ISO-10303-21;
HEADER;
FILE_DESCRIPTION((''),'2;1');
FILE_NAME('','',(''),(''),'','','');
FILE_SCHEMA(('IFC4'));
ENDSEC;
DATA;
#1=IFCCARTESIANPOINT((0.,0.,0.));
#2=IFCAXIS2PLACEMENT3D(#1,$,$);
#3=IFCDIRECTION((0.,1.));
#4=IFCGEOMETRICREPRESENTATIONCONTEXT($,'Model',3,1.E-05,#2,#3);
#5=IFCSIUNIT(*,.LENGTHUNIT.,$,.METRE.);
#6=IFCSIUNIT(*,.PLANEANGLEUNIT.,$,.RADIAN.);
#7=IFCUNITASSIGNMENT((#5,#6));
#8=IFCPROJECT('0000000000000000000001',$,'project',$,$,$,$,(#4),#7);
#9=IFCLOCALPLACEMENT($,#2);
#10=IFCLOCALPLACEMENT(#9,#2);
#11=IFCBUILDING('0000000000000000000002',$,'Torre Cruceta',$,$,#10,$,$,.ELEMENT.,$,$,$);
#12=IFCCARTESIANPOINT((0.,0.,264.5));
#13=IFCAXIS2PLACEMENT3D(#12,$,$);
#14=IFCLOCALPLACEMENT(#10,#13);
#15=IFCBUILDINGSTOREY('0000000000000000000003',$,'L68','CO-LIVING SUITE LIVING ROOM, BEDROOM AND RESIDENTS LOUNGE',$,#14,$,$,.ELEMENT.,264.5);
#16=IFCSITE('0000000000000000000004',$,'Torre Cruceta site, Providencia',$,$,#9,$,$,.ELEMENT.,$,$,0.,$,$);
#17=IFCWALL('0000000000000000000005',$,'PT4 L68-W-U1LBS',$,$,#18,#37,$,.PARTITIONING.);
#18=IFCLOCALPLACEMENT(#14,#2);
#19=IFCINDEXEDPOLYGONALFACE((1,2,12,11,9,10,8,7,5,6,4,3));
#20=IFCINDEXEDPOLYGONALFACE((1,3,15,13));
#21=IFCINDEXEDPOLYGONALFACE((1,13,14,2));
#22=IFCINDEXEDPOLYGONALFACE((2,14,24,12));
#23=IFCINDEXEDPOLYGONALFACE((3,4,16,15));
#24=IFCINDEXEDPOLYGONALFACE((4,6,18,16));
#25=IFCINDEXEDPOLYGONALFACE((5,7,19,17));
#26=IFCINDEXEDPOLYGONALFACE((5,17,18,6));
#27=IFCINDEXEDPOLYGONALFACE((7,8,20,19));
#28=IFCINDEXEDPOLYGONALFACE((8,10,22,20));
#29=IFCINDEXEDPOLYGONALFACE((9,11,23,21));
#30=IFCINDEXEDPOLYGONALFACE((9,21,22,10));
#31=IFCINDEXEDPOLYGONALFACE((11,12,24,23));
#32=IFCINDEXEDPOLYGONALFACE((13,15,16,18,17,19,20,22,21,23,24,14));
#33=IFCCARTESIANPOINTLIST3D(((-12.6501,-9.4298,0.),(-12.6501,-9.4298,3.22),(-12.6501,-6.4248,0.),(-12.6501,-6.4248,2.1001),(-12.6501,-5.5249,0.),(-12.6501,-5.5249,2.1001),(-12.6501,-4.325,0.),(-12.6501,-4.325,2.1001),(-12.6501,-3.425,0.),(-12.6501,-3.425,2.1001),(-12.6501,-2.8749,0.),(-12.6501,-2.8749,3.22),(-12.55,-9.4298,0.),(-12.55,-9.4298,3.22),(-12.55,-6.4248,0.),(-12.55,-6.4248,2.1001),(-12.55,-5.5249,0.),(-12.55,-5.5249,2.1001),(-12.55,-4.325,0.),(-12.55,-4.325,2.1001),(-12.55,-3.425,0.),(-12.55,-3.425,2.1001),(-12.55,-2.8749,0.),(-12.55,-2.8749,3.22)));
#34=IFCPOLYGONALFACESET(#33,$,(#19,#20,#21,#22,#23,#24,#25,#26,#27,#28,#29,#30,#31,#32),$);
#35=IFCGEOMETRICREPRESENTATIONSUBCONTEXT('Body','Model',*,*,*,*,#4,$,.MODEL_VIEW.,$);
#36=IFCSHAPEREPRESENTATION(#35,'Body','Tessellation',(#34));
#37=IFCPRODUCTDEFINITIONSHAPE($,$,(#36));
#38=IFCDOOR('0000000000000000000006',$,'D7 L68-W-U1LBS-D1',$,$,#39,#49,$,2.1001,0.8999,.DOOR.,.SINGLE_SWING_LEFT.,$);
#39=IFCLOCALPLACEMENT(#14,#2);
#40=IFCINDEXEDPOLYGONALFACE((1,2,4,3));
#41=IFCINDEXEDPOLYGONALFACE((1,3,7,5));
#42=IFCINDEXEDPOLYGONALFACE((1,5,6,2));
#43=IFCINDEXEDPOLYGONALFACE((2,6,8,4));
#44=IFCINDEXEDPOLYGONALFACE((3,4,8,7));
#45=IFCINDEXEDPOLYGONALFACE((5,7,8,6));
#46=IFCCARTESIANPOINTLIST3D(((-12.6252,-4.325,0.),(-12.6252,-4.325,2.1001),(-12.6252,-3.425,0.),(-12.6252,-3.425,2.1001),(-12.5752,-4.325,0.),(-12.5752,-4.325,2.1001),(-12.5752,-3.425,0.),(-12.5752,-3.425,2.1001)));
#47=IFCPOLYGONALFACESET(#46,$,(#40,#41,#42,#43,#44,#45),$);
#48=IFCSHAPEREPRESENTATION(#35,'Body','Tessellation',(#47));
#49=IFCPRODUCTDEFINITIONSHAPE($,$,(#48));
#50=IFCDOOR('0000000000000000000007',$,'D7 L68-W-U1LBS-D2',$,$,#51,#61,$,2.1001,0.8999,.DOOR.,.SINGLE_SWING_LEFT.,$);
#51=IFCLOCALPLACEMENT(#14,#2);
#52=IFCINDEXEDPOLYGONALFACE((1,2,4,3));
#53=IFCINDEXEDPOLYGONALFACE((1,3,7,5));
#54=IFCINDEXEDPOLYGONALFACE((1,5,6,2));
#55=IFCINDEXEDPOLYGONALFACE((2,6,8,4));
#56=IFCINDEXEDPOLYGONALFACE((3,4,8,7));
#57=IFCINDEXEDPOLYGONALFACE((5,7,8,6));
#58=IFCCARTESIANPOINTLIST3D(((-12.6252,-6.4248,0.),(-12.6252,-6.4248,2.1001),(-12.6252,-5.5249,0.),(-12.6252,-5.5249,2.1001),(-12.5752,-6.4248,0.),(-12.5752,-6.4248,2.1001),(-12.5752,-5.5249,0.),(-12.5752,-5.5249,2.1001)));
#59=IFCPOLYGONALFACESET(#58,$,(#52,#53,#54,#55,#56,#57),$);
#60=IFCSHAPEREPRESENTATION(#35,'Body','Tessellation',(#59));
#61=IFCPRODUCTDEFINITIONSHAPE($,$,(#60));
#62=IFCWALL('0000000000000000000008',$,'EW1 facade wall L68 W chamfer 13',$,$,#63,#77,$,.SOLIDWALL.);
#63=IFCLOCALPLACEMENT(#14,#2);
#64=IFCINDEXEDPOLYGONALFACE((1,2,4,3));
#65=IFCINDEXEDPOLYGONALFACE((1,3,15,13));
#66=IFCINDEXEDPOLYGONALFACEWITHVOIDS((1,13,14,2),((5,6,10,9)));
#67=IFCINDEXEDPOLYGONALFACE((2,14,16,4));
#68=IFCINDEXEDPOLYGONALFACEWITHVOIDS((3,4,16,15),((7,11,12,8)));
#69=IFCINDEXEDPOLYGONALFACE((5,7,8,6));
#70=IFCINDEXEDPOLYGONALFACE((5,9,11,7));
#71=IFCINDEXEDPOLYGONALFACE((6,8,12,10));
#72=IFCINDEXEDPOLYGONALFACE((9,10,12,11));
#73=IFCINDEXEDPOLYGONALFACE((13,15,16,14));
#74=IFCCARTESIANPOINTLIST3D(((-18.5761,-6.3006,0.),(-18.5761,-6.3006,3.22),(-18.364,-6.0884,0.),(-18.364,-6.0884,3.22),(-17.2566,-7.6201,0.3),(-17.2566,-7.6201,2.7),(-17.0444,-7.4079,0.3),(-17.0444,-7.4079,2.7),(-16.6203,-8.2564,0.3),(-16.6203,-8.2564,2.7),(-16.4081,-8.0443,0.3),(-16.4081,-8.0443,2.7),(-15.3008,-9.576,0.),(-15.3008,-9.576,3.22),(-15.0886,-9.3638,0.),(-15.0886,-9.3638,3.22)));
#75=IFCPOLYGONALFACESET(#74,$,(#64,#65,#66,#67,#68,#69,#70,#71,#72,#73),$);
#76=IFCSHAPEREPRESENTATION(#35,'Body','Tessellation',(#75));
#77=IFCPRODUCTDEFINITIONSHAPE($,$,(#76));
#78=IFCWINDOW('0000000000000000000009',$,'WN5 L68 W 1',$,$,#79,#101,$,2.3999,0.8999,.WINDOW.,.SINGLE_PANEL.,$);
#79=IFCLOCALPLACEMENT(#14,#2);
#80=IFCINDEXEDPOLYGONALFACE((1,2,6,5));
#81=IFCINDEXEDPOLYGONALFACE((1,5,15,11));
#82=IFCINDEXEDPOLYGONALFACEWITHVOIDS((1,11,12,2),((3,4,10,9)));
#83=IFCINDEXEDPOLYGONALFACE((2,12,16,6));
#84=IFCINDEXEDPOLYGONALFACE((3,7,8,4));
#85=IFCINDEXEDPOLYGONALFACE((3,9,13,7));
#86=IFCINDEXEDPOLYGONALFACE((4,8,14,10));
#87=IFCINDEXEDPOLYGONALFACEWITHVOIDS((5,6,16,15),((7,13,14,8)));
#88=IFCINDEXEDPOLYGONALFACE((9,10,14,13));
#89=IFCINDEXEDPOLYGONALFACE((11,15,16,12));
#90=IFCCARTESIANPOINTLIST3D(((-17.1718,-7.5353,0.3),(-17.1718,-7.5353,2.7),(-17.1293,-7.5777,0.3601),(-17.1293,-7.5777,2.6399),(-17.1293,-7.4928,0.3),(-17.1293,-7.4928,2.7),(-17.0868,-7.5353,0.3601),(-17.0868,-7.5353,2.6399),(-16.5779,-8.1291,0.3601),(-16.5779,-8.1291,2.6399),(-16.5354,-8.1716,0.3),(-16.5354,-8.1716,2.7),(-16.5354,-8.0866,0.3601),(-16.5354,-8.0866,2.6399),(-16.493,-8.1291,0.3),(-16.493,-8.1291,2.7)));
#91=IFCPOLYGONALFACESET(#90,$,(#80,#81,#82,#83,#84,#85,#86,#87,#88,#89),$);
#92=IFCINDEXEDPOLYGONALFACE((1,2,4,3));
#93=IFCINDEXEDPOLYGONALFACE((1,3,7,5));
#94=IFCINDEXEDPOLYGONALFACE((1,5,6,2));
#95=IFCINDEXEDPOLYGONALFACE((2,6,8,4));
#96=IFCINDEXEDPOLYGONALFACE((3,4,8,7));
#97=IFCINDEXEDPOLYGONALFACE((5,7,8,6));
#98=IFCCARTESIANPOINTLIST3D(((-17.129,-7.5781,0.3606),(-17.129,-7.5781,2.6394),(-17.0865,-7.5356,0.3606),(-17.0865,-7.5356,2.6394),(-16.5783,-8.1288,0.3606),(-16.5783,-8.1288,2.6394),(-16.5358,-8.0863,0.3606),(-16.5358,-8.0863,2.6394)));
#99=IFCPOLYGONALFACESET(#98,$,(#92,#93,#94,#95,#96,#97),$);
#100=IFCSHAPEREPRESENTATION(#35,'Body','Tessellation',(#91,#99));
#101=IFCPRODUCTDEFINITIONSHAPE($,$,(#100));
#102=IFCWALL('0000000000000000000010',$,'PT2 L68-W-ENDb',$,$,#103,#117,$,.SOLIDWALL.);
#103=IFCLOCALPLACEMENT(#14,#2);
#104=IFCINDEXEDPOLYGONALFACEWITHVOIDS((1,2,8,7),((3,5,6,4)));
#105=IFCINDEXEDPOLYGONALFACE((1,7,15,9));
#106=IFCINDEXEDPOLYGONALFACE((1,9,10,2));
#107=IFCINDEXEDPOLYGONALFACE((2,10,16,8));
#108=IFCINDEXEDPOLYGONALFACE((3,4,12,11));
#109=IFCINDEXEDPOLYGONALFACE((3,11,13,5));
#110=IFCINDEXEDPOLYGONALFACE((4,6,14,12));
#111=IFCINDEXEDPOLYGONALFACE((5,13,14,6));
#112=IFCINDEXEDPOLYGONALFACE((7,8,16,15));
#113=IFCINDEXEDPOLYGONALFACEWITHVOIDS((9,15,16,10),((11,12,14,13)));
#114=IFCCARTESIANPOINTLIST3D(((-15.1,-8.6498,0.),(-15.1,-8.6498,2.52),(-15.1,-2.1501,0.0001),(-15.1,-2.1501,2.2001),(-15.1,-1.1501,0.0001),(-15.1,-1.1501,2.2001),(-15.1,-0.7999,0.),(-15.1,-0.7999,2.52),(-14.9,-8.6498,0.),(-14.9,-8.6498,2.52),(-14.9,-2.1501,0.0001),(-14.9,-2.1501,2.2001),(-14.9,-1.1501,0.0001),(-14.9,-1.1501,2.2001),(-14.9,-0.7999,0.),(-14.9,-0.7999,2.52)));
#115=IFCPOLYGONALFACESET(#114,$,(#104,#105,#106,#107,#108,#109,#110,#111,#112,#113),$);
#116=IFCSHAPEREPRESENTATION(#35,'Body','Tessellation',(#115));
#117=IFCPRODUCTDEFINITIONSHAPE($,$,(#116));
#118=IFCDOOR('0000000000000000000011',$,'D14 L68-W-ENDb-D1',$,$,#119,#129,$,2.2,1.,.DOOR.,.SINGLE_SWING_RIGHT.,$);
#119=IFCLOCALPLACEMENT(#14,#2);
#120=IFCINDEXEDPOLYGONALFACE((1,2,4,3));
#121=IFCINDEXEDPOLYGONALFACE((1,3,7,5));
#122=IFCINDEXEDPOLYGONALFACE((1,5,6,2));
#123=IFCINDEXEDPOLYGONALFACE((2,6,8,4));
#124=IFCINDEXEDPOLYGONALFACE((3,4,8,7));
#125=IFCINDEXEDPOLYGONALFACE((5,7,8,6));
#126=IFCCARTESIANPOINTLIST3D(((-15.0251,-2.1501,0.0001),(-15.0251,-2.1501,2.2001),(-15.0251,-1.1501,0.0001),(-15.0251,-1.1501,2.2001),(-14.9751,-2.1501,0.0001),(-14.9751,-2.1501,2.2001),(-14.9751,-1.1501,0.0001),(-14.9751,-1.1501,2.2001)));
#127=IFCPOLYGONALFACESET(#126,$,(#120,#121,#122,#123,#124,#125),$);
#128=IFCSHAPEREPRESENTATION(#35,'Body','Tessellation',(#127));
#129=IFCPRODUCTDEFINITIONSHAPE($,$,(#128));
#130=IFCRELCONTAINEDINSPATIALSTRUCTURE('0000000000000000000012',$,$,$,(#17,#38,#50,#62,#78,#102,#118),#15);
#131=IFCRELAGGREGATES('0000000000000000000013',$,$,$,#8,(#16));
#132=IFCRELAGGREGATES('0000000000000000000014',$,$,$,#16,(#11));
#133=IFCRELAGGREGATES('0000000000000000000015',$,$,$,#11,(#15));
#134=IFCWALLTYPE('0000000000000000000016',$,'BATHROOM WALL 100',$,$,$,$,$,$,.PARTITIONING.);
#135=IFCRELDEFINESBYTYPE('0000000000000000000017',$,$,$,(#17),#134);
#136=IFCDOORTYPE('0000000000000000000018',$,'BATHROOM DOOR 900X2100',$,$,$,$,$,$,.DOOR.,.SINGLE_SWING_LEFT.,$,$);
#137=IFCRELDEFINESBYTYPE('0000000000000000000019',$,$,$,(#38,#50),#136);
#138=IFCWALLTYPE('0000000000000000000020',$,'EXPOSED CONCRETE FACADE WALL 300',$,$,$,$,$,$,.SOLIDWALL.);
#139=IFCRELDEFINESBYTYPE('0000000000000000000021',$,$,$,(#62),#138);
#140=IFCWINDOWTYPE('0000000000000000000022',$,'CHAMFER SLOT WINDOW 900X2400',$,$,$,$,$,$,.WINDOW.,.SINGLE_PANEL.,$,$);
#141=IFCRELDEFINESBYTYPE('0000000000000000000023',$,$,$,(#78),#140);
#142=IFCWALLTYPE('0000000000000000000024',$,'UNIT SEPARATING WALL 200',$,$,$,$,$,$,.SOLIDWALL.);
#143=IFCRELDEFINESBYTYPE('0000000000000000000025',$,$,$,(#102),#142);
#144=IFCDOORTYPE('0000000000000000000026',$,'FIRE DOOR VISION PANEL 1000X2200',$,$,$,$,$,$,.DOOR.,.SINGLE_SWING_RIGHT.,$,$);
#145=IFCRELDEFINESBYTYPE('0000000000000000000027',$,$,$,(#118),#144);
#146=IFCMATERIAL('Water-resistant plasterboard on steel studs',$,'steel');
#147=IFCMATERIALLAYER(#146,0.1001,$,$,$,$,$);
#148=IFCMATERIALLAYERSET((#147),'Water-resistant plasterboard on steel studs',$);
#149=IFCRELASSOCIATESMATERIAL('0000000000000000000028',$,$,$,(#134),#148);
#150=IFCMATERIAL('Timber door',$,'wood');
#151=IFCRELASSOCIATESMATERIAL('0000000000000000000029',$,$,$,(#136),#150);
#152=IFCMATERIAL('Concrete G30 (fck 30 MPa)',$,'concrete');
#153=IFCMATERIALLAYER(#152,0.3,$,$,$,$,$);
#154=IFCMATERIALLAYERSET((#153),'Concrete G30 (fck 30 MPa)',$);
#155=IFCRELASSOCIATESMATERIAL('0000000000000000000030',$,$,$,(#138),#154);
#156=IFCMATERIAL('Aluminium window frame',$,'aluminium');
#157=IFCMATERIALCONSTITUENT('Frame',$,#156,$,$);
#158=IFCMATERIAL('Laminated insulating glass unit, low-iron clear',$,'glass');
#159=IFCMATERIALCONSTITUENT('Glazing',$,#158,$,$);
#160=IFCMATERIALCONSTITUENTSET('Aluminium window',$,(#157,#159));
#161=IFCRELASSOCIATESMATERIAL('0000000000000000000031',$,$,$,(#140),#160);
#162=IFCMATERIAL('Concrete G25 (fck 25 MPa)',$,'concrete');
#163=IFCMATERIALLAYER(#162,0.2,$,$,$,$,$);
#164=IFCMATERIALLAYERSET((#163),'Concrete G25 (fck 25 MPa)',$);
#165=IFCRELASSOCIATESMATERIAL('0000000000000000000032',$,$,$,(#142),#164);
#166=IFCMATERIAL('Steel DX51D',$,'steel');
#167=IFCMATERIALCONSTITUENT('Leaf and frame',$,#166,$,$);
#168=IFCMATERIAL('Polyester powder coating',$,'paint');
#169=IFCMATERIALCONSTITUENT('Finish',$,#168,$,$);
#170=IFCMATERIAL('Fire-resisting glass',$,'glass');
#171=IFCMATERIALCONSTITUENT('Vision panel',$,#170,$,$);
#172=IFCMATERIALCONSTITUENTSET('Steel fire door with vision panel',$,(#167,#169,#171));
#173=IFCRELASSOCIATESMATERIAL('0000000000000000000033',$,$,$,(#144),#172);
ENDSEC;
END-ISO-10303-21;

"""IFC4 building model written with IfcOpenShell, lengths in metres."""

from ifc_helpers import new_model, si_unit, direction, frame, frame_2d, origin, place, context, subcontext, project, spatial, rectangle, hollow_rectangle, extrude, material, layer, layer_set, constituent, constituent_set, type_object, element, fill, save


model = new_model("IFC4")

# Units and contexts
model_context = context("Model", 3, precision=1e-05, world=origin(), true_north=direction((0.0, 1.0)))
body_context = subcontext(model_context, "Body", "Model", "MODEL_VIEW")
ifc_project = project(units=[si_unit("LENGTHUNIT", "METRE"), si_unit("PLANEANGLEUNIT", "RADIAN")], contexts=[model_context])

# Site, building, storey
site_placement = place(None, origin())
site = spatial("IfcSite", under=ifc_project, at=site_placement, Name="Torre Cruceta site, Providencia", CompositionType="ELEMENT", RefElevation=0.0)
building_placement = place(site_placement, origin())
building = spatial("IfcBuilding", under=site, at=building_placement, Name="Torre Cruceta", CompositionType="ELEMENT")
storey_placement = place(building_placement, frame((0.0, 0.0, 264.5)))
storey = spatial("IfcBuildingStorey", under=building, at=storey_placement, Name="L68", Description="CO-LIVING SUITE LIVING ROOM, BEDROOM AND RESIDENTS LOUNGE", CompositionType="ELEMENT", Elevation=264.5)

# Shared definitions
ifc_material_1 = material(Name="Water-resistant plasterboard on steel studs", Category="steel")
ifc_layer_1 = layer(ifc_material_1, 0.1001)
ifc_layer_set_1 = layer_set([ifc_layer_1], Name="Water-resistant plasterboard on steel studs")
wall_type_1 = type_object("IfcWallType", Name="BATHROOM WALL 100", PredefinedType="PARTITIONING", material=ifc_layer_set_1)

# Wall, openings, doors
wall_1_placement = place(storey_placement, frame((-12.6001, -2.875, 0.0), z_axis=(0.0, 0.0, 1.0), x_axis=(0.0, -1.0, 0.0)))
wall_1 = element("IfcWall", 1, at=wall_1_placement, inside=storey, type_object=wall_type_1, Name="PT4 L68-W-U1LBS", PredefinedType="PARTITIONING", context=body_context, shape_type="SweptSolid", body=[
    extrude(rectangle(XDim=6.5549, YDim=0.1001, at=frame_2d((3.2773, 0.0))), origin(), (0.0, 0.0, 1.0), 3.22),
])
opening_1_placement = place(wall_1_placement, frame((0.55, 0.0, 0.0)))
opening_1 = element("IfcOpeningElement", 2, at=opening_1_placement, cuts=wall_1, PredefinedType="OPENING", context=body_context, shape_type="SweptSolid", body=[
    extrude(rectangle(XDim=0.8999, YDim=2.1001, at=frame_2d((0.45, 1.05))), frame((0.0, 0.0601, 0.0), z_axis=(0.0, -1.0, 0.0), x_axis=(1.0, 0.0, 0.0)), (0.0, 0.0, 1.0), 0.1201),
])
opening_2_placement = place(wall_1_placement, frame((2.6499, 0.0, 0.0)))
opening_2 = element("IfcOpeningElement", 3, at=opening_2_placement, cuts=wall_1, PredefinedType="OPENING", context=body_context, shape_type="SweptSolid", body=[
    extrude(rectangle(XDim=0.8999, YDim=2.1001, at=frame_2d((0.45, 1.05))), frame((0.0, 0.0601, 0.0), z_axis=(0.0, -1.0, 0.0), x_axis=(1.0, 0.0, 0.0)), (0.0, 0.0, 1.0), 0.1201),
])
ifc_material_2 = material(Name="Timber door", Category="wood")
door_type_1 = type_object("IfcDoorType", Name="BATHROOM DOOR 900X2100", OperationType="SINGLE_SWING_LEFT", PredefinedType="DOOR", material=ifc_material_2)
door_1_placement = place(opening_1_placement, origin())
door_1 = element("IfcDoor", 4, at=door_1_placement, inside=storey, type_object=door_type_1, Name="D7 L68-W-U1LBS-D1", OperationType="SINGLE_SWING_LEFT", OverallHeight=2.1001, OverallWidth=0.8999, PredefinedType="DOOR", context=body_context, shape_type="SweptSolid", body=[
    extrude(rectangle(XDim=0.8999, YDim=2.1001, at=frame_2d((0.45, 1.05))), frame((0.0, 0.0249, 0.0), z_axis=(0.0, -1.0, 0.0), x_axis=(1.0, 0.0, 0.0)), (0.0, 0.0, 1.0), 0.05),
])
fill(opening_1, door_1)
door_2_placement = place(opening_2_placement, origin())
door_2 = element("IfcDoor", 5, at=door_2_placement, inside=storey, type_object=door_type_1, Name="D7 L68-W-U1LBS-D2", OperationType="SINGLE_SWING_LEFT", OverallHeight=2.1001, OverallWidth=0.8999, PredefinedType="DOOR", context=body_context, shape_type="SweptSolid", body=[
    extrude(rectangle(XDim=0.8999, YDim=2.1001, at=frame_2d((0.45, 1.05))), frame((0.0, 0.0249, 0.0), z_axis=(0.0, -1.0, 0.0), x_axis=(1.0, 0.0, 0.0)), (0.0, 0.0, 1.0), 0.05),
])
fill(opening_2, door_2)

# Wall, opening, window
ifc_material_3 = material(Name="Concrete G30 (fck 30 MPa)", Category="concrete")
ifc_layer_2 = layer(ifc_material_3, 0.3)
ifc_layer_set_2 = layer_set([ifc_layer_2], Name="Concrete G30 (fck 30 MPa)")
wall_type_2 = type_object("IfcWallType", Name="EXPOSED CONCRETE FACADE WALL 300", PredefinedType="SOLIDWALL", material=ifc_layer_set_2)
wall_2_placement = place(storey_placement, frame((-18.47, -6.1946, 0.0), z_axis=(0.0, 0.0, 1.0), x_axis=(0.707107, -0.707107, 0.0)))
wall_2 = element("IfcWall", 6, at=wall_2_placement, inside=storey, type_object=wall_type_2, Name="EW1 facade wall L68 W chamfer 13", PredefinedType="SOLIDWALL", context=body_context, shape_type="SweptSolid", body=[
    extrude(rectangle(XDim=4.6321, YDim=0.3, at=frame_2d((2.3159, 0.0))), origin(), (0.0, 0.0, 1.0), 3.22),
])
opening_3_placement = place(wall_2_placement, frame((1.866, 0.0, 0.3)))
opening_3 = element("IfcOpeningElement", 7, at=opening_3_placement, cuts=wall_2, PredefinedType="OPENING", context=body_context, shape_type="SweptSolid", body=[
    extrude(rectangle(XDim=0.8999, YDim=2.3999, at=frame_2d((0.45, 1.2))), frame((0.0, 0.1599, 0.0), z_axis=(0.0, -1.0, 0.0), x_axis=(1.0, 0.0, 0.0)), (0.0, 0.0, 1.0), 0.3201),
])
ifc_material_4 = material(Name="Aluminium window frame", Category="aluminium")
ifc_constituent_1 = constituent(ifc_material_4, Name="Frame")
ifc_material_5 = material(Name="Laminated insulating glass unit, low-iron clear", Category="glass")
ifc_constituent_2 = constituent(ifc_material_5, Name="Glazing")
ifc_constituent_set_1 = constituent_set(constituents=[ifc_constituent_1, ifc_constituent_2], Name="Aluminium window")
window_type = type_object("IfcWindowType", Name="CHAMFER SLOT WINDOW 900X2400", PartitioningType="SINGLE_PANEL", PredefinedType="WINDOW", material=ifc_constituent_set_1)
window_placement = place(opening_3_placement, origin())
window = element("IfcWindow", 8, at=window_placement, inside=storey, type_object=window_type, Name="WN5 L68 W 1", OverallHeight=2.3999, OverallWidth=0.8999, PartitioningType="SINGLE_PANEL", PredefinedType="WINDOW", context=body_context, shape_type="SweptSolid", body=[
    extrude(hollow_rectangle(XDim=0.8999, YDim=2.3999, WallThickness=0.0601, at=frame_2d((0.45, 1.2))), frame((0.0, 0.03, 0.0), z_axis=(0.0, -1.0, 0.0), x_axis=(1.0, 0.0, 0.0)), (0.0, 0.0, 1.0), 0.0601),
    extrude(rectangle(XDim=0.7788, YDim=2.2788, at=frame_2d((0.45, 1.2))), frame((0.0, 0.03, 0.0), z_axis=(0.0, -1.0, 0.0), x_axis=(1.0, 0.0, 0.0)), (0.0, 0.0, 1.0), 0.0601),
])
fill(opening_3, window)

# Wall, opening, door
ifc_material_6 = material(Name="Concrete G25 (fck 25 MPa)", Category="concrete")
ifc_layer_3 = layer(ifc_material_6, 0.2)
ifc_layer_set_3 = layer_set([ifc_layer_3], Name="Concrete G25 (fck 25 MPa)")
wall_type_3 = type_object("IfcWallType", Name="UNIT SEPARATING WALL 200", PredefinedType="SOLIDWALL", material=ifc_layer_set_3)
wall_3_placement = place(storey_placement, frame((-15.0, -0.8, 0.0), z_axis=(0.0, 0.0, 1.0), x_axis=(0.0, -1.0, 0.0)))
wall_3 = element("IfcWall", 9, at=wall_3_placement, inside=storey, type_object=wall_type_3, Name="PT2 L68-W-ENDb", PredefinedType="SOLIDWALL", context=body_context, shape_type="SweptSolid", body=[
    extrude(rectangle(XDim=7.8499, YDim=0.2, at=frame_2d((3.9248, 0.0))), origin(), (0.0, 0.0, 1.0), 2.52),
])
opening_4_placement = place(wall_3_placement, frame((0.3501, 0.0, 0.0)))
opening_4 = element("IfcOpeningElement", 10, at=opening_4_placement, cuts=wall_3, PredefinedType="OPENING", context=body_context, shape_type="SweptSolid", body=[
    extrude(rectangle(XDim=1.0, YDim=2.2, at=frame_2d((0.5, 1.1001))), frame((0.0, 0.1099, 0.0), z_axis=(0.0, -1.0, 0.0), x_axis=(1.0, 0.0, 0.0)), (0.0, 0.0, 1.0), 0.22),
])
ifc_material_7 = material(Name="Steel DX51D", Category="steel")
ifc_constituent_3 = constituent(ifc_material_7, Name="Leaf and frame")
ifc_material_8 = material(Name="Polyester powder coating", Category="paint")
ifc_constituent_4 = constituent(ifc_material_8, Name="Finish")
ifc_material_9 = material(Name="Fire-resisting glass", Category="glass")
ifc_constituent_5 = constituent(ifc_material_9, Name="Vision panel")
ifc_constituent_set_2 = constituent_set(constituents=[ifc_constituent_3, ifc_constituent_4, ifc_constituent_5], Name="Steel fire door with vision panel")
door_type_2 = type_object("IfcDoorType", Name="FIRE DOOR VISION PANEL 1000X2200", OperationType="SINGLE_SWING_RIGHT", PredefinedType="DOOR", material=ifc_constituent_set_2)
door_3_placement = place(opening_4_placement, frame((1.0, 0.0, 0.0), z_axis=(0.0, 0.0, 1.0), x_axis=(-1.0, 0.0, 0.0)))
door_3 = element("IfcDoor", 11, at=door_3_placement, inside=storey, type_object=door_type_2, Name="D14 L68-W-ENDb-D1", OperationType="SINGLE_SWING_RIGHT", OverallHeight=2.2, OverallWidth=1.0, PredefinedType="DOOR", context=body_context, shape_type="SweptSolid", body=[
    extrude(rectangle(XDim=1.0, YDim=2.2, at=frame_2d((0.5, 1.1001))), frame((0.0, 0.0251, 0.0), z_axis=(0.0, -1.0, 0.0), x_axis=(1.0, 0.0, 0.0)), (0.0, 0.0, 1.0), 0.05),
])
fill(opening_4, door_3)

save(model, "model.ifc")
